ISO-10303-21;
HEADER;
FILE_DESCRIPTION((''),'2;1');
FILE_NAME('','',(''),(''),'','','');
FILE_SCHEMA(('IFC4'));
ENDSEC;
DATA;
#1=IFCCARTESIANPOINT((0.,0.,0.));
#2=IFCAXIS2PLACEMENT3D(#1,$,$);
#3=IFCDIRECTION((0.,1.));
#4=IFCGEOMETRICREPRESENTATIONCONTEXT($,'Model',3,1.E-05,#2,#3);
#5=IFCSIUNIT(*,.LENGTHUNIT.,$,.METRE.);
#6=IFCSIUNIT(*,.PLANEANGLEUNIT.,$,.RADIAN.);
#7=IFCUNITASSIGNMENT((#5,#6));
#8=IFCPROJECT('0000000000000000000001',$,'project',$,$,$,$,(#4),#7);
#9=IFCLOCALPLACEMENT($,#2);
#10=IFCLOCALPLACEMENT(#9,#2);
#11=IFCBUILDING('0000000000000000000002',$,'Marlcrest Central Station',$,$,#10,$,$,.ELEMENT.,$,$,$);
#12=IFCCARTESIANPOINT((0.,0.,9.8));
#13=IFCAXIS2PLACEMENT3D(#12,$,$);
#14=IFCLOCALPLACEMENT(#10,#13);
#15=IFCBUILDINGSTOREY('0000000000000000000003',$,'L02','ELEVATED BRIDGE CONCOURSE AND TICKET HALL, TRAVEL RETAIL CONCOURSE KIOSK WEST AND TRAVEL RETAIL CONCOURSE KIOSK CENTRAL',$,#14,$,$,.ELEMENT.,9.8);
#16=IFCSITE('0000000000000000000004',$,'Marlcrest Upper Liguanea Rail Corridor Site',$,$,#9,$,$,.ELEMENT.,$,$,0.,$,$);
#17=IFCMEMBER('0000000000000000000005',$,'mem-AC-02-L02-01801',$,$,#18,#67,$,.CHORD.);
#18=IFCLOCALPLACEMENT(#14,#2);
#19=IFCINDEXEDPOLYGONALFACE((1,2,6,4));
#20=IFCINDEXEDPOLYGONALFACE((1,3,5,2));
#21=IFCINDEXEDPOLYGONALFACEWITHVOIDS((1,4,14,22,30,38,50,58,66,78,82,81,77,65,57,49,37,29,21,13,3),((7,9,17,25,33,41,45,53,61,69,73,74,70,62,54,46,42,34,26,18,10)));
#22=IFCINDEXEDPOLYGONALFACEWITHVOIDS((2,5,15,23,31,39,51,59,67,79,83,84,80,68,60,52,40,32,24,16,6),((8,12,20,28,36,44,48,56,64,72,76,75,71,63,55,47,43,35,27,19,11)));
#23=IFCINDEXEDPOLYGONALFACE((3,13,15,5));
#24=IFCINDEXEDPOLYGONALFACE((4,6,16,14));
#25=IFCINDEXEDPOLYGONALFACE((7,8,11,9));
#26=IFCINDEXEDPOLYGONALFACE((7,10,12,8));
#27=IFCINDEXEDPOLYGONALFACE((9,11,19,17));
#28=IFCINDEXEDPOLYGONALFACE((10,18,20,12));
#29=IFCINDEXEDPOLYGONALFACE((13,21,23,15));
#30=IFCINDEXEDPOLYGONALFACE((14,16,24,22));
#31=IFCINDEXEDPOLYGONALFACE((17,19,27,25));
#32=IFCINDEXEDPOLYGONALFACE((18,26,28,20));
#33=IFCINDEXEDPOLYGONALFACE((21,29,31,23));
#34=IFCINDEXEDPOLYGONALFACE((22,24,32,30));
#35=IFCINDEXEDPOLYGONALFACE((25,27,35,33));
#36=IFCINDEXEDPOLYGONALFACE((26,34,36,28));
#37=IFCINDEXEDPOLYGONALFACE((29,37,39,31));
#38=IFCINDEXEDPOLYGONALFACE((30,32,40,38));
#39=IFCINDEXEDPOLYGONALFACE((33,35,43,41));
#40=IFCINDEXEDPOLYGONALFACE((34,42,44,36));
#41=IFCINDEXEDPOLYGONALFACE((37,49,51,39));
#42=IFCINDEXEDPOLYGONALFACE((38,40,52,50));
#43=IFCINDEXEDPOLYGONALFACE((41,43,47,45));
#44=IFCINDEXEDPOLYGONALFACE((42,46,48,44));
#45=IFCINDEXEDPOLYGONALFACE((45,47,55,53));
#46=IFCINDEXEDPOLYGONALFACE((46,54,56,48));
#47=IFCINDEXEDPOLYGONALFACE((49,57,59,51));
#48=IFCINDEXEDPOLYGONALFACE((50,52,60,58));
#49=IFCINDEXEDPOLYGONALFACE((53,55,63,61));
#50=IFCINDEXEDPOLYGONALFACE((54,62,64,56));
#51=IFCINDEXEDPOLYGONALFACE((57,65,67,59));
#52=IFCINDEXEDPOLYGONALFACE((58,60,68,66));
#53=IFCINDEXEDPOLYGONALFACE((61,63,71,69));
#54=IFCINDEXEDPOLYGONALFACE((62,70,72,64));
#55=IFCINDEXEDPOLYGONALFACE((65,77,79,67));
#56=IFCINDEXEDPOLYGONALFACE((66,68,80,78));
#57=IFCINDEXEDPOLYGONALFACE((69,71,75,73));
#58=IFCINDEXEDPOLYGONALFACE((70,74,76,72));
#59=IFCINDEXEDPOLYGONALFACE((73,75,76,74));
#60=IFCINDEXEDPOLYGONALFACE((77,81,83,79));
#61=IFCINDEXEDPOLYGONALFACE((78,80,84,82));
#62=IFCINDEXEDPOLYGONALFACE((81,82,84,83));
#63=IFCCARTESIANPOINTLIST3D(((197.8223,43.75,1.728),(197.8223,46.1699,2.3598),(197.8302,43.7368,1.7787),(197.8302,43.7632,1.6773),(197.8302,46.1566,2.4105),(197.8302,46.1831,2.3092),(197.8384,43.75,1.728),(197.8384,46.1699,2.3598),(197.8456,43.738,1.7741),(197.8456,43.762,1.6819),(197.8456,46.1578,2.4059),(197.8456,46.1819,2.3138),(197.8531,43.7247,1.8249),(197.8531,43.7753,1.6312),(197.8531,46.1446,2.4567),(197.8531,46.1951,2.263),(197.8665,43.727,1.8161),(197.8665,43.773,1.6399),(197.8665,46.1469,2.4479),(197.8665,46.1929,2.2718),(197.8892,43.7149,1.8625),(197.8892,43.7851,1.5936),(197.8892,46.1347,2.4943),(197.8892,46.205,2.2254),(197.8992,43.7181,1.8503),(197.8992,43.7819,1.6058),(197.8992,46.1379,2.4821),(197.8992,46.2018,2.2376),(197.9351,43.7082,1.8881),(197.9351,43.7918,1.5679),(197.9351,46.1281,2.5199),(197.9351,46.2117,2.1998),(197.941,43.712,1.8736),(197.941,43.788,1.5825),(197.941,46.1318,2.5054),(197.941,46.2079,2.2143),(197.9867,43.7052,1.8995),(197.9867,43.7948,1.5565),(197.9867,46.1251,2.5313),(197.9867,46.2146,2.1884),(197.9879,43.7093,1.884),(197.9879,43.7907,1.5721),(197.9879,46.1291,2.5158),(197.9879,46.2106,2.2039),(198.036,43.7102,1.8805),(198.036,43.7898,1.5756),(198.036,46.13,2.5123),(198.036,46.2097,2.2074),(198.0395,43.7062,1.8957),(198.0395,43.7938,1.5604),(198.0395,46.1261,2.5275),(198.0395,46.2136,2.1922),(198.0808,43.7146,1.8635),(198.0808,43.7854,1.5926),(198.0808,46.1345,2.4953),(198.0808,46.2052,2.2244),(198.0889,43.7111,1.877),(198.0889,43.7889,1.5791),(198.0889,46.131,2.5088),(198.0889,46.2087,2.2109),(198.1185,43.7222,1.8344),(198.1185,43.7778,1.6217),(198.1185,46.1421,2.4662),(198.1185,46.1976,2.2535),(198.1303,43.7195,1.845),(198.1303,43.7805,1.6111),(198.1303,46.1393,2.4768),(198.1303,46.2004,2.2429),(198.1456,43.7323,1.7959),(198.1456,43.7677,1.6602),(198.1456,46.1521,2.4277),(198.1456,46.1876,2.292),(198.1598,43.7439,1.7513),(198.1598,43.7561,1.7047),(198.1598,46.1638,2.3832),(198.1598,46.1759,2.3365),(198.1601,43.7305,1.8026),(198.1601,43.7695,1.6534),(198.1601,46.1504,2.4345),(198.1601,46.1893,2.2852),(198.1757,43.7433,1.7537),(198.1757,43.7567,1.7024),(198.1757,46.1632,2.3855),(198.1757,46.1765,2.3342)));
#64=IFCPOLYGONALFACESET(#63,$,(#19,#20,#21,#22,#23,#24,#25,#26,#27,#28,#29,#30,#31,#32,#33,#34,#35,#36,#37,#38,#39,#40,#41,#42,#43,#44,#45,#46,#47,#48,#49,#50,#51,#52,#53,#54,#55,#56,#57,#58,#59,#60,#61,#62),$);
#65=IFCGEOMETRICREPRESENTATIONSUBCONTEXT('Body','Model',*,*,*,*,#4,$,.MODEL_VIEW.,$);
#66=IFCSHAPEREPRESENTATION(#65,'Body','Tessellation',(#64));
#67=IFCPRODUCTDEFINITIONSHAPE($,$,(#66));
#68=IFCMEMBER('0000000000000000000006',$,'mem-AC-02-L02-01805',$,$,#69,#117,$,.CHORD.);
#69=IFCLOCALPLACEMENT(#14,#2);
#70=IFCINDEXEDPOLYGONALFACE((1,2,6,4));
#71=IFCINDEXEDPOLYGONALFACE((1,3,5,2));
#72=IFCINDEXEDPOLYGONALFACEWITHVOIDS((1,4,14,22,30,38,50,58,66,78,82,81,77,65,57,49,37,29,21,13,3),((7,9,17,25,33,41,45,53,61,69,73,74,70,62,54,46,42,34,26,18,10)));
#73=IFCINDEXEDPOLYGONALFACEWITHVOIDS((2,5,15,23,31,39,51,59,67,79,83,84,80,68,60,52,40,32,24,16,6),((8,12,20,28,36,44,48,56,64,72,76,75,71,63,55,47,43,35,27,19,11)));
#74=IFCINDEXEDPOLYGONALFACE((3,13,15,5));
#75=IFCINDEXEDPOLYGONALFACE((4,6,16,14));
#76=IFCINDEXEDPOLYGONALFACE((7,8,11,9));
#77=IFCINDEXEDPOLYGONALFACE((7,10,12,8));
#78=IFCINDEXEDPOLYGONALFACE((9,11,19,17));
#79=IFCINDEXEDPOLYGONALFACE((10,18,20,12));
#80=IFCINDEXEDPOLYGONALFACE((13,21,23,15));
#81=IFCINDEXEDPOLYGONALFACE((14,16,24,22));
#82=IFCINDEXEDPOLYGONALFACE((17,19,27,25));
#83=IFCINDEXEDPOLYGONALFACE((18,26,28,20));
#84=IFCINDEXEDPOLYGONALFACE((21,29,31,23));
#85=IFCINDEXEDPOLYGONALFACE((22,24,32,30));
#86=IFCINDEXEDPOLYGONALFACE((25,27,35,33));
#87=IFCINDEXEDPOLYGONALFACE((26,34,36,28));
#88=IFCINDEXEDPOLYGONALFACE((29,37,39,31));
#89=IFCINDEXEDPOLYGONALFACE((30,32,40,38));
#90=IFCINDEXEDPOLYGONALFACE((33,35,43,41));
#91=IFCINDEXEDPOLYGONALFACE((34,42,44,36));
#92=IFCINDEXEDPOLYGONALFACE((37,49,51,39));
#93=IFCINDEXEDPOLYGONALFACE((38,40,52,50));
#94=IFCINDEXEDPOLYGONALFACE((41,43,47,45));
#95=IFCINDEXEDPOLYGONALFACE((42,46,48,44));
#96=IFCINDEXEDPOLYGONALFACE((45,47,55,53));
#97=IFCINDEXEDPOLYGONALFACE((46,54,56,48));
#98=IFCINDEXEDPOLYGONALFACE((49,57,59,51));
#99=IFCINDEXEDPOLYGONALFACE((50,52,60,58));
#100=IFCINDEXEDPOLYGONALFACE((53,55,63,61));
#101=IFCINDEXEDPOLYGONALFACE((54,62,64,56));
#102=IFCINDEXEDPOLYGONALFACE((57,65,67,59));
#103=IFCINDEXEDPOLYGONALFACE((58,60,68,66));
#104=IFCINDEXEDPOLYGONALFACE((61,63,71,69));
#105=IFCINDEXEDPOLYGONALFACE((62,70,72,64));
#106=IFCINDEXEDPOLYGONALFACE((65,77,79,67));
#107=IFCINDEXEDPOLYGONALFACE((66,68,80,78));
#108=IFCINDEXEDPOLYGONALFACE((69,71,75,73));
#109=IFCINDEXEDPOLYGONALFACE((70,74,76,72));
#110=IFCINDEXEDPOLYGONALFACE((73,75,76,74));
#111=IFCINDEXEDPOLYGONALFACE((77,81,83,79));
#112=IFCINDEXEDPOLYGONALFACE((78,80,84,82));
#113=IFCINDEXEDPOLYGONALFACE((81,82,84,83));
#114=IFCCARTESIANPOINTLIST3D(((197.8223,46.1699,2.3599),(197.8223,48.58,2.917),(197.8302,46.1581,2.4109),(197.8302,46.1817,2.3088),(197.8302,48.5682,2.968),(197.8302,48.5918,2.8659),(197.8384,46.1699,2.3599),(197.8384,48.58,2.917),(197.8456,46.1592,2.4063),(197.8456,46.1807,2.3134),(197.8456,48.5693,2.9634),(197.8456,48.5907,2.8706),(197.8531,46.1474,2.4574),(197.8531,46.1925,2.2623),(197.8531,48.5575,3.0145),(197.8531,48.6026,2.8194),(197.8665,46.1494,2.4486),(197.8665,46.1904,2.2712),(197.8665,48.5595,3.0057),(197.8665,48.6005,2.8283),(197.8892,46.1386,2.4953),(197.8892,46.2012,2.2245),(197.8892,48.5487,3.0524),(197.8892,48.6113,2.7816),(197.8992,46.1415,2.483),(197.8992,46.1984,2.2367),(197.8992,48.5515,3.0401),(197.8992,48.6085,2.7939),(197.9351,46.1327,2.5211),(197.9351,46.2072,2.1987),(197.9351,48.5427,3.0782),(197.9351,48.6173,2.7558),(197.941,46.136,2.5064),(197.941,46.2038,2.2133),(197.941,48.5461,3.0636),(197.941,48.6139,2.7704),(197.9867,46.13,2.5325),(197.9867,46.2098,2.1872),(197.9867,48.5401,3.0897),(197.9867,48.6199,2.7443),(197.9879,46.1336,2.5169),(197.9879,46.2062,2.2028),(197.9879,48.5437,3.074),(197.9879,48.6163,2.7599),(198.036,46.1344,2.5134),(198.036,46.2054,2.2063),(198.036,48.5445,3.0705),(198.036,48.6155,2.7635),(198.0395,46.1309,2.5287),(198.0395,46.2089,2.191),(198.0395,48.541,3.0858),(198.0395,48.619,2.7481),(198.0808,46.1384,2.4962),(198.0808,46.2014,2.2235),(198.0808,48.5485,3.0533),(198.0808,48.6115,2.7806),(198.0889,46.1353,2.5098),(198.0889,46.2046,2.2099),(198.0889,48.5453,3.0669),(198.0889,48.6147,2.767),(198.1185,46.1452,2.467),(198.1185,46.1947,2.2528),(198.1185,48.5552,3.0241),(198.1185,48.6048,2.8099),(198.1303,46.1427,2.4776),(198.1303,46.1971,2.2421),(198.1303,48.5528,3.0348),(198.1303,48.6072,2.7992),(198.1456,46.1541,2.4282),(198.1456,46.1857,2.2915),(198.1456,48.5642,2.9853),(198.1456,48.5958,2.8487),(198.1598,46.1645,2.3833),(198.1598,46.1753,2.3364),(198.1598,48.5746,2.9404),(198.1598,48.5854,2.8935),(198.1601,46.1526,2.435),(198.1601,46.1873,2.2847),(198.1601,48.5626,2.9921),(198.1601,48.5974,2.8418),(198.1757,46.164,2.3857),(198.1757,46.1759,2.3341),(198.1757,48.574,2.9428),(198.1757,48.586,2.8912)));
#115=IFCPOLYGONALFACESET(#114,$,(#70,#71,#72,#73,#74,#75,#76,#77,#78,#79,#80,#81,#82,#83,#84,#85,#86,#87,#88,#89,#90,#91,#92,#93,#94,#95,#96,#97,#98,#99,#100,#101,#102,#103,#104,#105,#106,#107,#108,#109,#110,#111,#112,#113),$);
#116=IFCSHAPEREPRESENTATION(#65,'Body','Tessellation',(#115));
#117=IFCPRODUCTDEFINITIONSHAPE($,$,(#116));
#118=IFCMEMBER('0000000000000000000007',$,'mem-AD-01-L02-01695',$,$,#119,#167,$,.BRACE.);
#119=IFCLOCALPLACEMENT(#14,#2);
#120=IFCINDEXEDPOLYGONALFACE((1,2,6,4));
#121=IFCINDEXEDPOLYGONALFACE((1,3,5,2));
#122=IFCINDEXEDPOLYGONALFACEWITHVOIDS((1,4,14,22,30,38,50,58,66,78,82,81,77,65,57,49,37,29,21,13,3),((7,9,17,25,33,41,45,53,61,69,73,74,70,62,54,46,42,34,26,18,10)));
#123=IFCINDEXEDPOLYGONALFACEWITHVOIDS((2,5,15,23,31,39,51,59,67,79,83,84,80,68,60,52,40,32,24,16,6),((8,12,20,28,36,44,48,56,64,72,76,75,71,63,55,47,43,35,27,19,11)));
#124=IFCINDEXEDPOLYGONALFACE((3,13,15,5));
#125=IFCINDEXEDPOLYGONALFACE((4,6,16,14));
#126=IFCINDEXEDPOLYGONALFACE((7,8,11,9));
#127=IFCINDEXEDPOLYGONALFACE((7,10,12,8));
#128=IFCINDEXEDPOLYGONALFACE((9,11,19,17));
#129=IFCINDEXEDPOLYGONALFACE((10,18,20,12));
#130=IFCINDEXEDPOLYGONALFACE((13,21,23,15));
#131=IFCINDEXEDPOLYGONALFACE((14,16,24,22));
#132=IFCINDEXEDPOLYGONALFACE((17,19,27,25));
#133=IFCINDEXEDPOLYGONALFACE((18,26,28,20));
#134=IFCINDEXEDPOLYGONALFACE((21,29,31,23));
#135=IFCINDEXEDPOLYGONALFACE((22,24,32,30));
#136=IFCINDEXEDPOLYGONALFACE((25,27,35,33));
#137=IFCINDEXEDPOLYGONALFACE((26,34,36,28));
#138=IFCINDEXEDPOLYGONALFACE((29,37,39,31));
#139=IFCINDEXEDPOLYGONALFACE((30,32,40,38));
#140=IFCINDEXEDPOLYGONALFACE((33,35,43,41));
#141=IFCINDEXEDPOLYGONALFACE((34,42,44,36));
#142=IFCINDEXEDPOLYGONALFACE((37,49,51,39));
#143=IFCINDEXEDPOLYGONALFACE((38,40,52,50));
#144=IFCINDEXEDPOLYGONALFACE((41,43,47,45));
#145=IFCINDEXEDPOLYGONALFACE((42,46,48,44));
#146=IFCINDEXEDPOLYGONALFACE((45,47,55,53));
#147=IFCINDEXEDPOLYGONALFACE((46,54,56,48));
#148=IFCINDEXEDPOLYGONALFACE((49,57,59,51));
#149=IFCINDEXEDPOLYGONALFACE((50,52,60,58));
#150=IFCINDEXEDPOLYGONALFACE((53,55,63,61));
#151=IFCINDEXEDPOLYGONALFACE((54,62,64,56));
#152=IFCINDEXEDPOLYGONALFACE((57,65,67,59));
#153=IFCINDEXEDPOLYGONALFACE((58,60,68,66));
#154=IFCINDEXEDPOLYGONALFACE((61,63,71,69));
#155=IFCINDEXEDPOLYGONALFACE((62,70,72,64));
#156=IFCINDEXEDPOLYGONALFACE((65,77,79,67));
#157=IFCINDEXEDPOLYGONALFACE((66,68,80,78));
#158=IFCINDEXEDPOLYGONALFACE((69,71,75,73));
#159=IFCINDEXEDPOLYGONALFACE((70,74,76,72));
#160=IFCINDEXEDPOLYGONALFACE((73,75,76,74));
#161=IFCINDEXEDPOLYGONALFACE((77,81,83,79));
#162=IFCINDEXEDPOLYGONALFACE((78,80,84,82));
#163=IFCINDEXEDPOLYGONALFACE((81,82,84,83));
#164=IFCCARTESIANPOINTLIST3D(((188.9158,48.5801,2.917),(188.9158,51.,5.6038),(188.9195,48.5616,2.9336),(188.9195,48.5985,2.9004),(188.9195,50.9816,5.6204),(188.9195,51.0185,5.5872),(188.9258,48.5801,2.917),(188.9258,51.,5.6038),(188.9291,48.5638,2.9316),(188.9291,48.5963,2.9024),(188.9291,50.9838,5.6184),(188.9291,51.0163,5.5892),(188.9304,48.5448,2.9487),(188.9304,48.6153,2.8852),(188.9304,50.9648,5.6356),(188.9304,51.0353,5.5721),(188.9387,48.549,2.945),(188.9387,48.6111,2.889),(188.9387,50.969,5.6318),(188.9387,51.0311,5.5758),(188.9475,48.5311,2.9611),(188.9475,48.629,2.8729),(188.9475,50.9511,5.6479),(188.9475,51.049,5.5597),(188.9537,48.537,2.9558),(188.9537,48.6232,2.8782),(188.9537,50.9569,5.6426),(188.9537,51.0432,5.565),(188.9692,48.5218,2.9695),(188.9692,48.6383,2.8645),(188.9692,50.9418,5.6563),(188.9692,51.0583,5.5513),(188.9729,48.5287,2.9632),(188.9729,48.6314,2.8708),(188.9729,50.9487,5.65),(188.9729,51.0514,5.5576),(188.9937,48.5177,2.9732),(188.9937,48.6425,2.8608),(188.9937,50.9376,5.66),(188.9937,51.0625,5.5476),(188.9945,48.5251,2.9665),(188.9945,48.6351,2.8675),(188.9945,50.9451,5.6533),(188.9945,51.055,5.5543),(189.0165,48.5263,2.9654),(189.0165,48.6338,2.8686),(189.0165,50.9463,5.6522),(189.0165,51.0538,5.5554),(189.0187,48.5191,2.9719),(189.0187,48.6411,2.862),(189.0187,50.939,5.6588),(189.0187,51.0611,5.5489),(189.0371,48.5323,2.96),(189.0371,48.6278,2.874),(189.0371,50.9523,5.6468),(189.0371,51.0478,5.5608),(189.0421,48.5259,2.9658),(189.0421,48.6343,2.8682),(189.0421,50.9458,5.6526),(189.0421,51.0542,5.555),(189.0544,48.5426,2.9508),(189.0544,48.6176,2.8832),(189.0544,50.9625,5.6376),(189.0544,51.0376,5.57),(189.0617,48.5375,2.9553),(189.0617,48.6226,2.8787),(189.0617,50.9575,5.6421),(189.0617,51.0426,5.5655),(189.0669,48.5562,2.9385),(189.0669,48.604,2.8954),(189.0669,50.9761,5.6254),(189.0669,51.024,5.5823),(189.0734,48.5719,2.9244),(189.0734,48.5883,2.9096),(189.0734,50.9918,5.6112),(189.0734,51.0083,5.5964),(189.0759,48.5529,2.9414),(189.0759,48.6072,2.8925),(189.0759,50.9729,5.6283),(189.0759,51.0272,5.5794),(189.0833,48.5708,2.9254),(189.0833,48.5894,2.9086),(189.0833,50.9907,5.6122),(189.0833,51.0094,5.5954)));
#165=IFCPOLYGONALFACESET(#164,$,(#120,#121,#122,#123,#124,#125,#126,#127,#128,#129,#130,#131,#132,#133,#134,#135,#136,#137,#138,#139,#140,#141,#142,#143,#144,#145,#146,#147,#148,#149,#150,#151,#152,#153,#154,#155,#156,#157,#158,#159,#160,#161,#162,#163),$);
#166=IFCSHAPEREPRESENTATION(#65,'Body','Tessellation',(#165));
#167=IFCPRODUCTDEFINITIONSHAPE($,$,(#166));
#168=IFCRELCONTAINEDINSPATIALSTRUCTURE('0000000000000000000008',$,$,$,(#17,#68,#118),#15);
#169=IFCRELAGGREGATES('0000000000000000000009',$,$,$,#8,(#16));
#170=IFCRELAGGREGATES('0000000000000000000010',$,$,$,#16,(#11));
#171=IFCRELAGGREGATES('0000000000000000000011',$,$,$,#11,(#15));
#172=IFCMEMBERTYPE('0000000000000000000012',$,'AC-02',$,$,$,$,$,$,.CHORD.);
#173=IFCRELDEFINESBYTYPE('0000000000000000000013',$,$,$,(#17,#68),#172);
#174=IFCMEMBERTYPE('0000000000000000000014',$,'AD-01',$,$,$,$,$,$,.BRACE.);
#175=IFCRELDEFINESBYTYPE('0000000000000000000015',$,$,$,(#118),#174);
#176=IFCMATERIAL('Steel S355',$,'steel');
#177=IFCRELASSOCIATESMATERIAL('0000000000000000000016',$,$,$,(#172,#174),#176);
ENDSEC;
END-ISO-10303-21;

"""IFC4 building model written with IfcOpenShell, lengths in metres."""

from ifc_helpers import new_model, si_unit, direction, frame, origin, origin_2d, place, context, subcontext, project, spatial, hollow_circle, extrude, material, material_profile, profile_set, type_object, element, save


model = new_model("IFC4")

# Units and contexts
model_context = context("Model", 3, precision=1e-05, world=origin(), true_north=direction((0.0, 1.0)))
body_context = subcontext(model_context, "Body", "Model", "MODEL_VIEW")
ifc_project = project(units=[si_unit("LENGTHUNIT", "METRE"), si_unit("PLANEANGLEUNIT", "RADIAN")], contexts=[model_context])

# Site, building, storey
site_placement = place(None, origin())
site = spatial("IfcSite", under=ifc_project, at=site_placement, Name="Marlcrest Upper Liguanea Rail Corridor Site", CompositionType="ELEMENT", RefElevation=0.0)
building_placement = place(site_placement, origin())
building = spatial("IfcBuilding", under=site, at=building_placement, Name="Marlcrest Central Station", CompositionType="ELEMENT")
storey_placement = place(building_placement, frame((0.0, 0.0, 9.8)))
storey = spatial("IfcBuildingStorey", under=building, at=storey_placement, Name="L02", Description="ELEVATED BRIDGE CONCOURSE AND TICKET HALL, TRAVEL RETAIL CONCOURSE KIOSK WEST AND TRAVEL RETAIL CONCOURSE KIOSK CENTRAL", CompositionType="ELEMENT", Elevation=9.8)

# Members
ifc_material_1 = material(Name="Steel S355", Category="steel")
ifc_material_profile_1 = material_profile(ifc_material_1, hollow_circle(Radius=0.1777, WallThickness=0.0161, at=origin_2d()), Name="CHS 355.6x16")
ifc_profile_set_1 = profile_set([ifc_material_profile_1], Name="Steel S355")
member_type_1 = type_object("IfcMemberType", Name="AC-02", PredefinedType="CHORD", material=ifc_profile_set_1)
member_1_placement = place(storey_placement, frame((198.0, 43.75, 1.728), z_axis=(0.0, 0.967563, 0.252629), x_axis=(-1.0, 0.0, 0.0)))
element("IfcMember", 1, at=member_1_placement, inside=storey, type_object=member_type_1, Name="mem-AC-02-L02-01801", PredefinedType="CHORD", context=body_context, shape_type="SweptSolid", body=[
    extrude(hollow_circle(Radius=0.1777, WallThickness=0.0161, at=origin_2d()), origin(), (0.0, 0.0, 1.0), 2.501),
])
member_2_placement = place(storey_placement, frame((198.0, 46.1699, 2.3599), z_axis=(0.0, 0.974308, 0.22522), x_axis=(-1.0, 0.0, 0.0)))
element("IfcMember", 2, at=member_2_placement, inside=storey, type_object=member_type_1, Name="mem-AC-02-L02-01805", PredefinedType="CHORD", context=body_context, shape_type="SweptSolid", body=[
    extrude(hollow_circle(Radius=0.1777, WallThickness=0.0161, at=origin_2d()), origin(), (0.0, 0.0, 1.0), 2.4736),
])
ifc_material_profile_2 = material_profile(ifc_material_1, hollow_circle(Radius=0.0842, WallThickness=0.01, at=origin_2d()), Name="CHS 168.3x10")
ifc_profile_set_2 = profile_set([ifc_material_profile_2], Name="Steel S355")
member_type_2 = type_object("IfcMemberType", Name="AD-01", PredefinedType="BRACE", material=ifc_profile_set_2)
member_3_placement = place(storey_placement, frame((189.0, 48.5801, 2.917), z_axis=(0.0, 0.669244, 0.743042), x_axis=(-1.0, 0.0, 0.0)))
element("IfcMember", 3, at=member_3_placement, inside=storey, type_object=member_type_2, Name="mem-AD-01-L02-01695", PredefinedType="BRACE", context=body_context, shape_type="SweptSolid", body=[
    extrude(hollow_circle(Radius=0.0842, WallThickness=0.01, at=origin_2d()), origin(), (0.0, 0.0, 1.0), 3.616),
])

save(model, "model.ifc")
